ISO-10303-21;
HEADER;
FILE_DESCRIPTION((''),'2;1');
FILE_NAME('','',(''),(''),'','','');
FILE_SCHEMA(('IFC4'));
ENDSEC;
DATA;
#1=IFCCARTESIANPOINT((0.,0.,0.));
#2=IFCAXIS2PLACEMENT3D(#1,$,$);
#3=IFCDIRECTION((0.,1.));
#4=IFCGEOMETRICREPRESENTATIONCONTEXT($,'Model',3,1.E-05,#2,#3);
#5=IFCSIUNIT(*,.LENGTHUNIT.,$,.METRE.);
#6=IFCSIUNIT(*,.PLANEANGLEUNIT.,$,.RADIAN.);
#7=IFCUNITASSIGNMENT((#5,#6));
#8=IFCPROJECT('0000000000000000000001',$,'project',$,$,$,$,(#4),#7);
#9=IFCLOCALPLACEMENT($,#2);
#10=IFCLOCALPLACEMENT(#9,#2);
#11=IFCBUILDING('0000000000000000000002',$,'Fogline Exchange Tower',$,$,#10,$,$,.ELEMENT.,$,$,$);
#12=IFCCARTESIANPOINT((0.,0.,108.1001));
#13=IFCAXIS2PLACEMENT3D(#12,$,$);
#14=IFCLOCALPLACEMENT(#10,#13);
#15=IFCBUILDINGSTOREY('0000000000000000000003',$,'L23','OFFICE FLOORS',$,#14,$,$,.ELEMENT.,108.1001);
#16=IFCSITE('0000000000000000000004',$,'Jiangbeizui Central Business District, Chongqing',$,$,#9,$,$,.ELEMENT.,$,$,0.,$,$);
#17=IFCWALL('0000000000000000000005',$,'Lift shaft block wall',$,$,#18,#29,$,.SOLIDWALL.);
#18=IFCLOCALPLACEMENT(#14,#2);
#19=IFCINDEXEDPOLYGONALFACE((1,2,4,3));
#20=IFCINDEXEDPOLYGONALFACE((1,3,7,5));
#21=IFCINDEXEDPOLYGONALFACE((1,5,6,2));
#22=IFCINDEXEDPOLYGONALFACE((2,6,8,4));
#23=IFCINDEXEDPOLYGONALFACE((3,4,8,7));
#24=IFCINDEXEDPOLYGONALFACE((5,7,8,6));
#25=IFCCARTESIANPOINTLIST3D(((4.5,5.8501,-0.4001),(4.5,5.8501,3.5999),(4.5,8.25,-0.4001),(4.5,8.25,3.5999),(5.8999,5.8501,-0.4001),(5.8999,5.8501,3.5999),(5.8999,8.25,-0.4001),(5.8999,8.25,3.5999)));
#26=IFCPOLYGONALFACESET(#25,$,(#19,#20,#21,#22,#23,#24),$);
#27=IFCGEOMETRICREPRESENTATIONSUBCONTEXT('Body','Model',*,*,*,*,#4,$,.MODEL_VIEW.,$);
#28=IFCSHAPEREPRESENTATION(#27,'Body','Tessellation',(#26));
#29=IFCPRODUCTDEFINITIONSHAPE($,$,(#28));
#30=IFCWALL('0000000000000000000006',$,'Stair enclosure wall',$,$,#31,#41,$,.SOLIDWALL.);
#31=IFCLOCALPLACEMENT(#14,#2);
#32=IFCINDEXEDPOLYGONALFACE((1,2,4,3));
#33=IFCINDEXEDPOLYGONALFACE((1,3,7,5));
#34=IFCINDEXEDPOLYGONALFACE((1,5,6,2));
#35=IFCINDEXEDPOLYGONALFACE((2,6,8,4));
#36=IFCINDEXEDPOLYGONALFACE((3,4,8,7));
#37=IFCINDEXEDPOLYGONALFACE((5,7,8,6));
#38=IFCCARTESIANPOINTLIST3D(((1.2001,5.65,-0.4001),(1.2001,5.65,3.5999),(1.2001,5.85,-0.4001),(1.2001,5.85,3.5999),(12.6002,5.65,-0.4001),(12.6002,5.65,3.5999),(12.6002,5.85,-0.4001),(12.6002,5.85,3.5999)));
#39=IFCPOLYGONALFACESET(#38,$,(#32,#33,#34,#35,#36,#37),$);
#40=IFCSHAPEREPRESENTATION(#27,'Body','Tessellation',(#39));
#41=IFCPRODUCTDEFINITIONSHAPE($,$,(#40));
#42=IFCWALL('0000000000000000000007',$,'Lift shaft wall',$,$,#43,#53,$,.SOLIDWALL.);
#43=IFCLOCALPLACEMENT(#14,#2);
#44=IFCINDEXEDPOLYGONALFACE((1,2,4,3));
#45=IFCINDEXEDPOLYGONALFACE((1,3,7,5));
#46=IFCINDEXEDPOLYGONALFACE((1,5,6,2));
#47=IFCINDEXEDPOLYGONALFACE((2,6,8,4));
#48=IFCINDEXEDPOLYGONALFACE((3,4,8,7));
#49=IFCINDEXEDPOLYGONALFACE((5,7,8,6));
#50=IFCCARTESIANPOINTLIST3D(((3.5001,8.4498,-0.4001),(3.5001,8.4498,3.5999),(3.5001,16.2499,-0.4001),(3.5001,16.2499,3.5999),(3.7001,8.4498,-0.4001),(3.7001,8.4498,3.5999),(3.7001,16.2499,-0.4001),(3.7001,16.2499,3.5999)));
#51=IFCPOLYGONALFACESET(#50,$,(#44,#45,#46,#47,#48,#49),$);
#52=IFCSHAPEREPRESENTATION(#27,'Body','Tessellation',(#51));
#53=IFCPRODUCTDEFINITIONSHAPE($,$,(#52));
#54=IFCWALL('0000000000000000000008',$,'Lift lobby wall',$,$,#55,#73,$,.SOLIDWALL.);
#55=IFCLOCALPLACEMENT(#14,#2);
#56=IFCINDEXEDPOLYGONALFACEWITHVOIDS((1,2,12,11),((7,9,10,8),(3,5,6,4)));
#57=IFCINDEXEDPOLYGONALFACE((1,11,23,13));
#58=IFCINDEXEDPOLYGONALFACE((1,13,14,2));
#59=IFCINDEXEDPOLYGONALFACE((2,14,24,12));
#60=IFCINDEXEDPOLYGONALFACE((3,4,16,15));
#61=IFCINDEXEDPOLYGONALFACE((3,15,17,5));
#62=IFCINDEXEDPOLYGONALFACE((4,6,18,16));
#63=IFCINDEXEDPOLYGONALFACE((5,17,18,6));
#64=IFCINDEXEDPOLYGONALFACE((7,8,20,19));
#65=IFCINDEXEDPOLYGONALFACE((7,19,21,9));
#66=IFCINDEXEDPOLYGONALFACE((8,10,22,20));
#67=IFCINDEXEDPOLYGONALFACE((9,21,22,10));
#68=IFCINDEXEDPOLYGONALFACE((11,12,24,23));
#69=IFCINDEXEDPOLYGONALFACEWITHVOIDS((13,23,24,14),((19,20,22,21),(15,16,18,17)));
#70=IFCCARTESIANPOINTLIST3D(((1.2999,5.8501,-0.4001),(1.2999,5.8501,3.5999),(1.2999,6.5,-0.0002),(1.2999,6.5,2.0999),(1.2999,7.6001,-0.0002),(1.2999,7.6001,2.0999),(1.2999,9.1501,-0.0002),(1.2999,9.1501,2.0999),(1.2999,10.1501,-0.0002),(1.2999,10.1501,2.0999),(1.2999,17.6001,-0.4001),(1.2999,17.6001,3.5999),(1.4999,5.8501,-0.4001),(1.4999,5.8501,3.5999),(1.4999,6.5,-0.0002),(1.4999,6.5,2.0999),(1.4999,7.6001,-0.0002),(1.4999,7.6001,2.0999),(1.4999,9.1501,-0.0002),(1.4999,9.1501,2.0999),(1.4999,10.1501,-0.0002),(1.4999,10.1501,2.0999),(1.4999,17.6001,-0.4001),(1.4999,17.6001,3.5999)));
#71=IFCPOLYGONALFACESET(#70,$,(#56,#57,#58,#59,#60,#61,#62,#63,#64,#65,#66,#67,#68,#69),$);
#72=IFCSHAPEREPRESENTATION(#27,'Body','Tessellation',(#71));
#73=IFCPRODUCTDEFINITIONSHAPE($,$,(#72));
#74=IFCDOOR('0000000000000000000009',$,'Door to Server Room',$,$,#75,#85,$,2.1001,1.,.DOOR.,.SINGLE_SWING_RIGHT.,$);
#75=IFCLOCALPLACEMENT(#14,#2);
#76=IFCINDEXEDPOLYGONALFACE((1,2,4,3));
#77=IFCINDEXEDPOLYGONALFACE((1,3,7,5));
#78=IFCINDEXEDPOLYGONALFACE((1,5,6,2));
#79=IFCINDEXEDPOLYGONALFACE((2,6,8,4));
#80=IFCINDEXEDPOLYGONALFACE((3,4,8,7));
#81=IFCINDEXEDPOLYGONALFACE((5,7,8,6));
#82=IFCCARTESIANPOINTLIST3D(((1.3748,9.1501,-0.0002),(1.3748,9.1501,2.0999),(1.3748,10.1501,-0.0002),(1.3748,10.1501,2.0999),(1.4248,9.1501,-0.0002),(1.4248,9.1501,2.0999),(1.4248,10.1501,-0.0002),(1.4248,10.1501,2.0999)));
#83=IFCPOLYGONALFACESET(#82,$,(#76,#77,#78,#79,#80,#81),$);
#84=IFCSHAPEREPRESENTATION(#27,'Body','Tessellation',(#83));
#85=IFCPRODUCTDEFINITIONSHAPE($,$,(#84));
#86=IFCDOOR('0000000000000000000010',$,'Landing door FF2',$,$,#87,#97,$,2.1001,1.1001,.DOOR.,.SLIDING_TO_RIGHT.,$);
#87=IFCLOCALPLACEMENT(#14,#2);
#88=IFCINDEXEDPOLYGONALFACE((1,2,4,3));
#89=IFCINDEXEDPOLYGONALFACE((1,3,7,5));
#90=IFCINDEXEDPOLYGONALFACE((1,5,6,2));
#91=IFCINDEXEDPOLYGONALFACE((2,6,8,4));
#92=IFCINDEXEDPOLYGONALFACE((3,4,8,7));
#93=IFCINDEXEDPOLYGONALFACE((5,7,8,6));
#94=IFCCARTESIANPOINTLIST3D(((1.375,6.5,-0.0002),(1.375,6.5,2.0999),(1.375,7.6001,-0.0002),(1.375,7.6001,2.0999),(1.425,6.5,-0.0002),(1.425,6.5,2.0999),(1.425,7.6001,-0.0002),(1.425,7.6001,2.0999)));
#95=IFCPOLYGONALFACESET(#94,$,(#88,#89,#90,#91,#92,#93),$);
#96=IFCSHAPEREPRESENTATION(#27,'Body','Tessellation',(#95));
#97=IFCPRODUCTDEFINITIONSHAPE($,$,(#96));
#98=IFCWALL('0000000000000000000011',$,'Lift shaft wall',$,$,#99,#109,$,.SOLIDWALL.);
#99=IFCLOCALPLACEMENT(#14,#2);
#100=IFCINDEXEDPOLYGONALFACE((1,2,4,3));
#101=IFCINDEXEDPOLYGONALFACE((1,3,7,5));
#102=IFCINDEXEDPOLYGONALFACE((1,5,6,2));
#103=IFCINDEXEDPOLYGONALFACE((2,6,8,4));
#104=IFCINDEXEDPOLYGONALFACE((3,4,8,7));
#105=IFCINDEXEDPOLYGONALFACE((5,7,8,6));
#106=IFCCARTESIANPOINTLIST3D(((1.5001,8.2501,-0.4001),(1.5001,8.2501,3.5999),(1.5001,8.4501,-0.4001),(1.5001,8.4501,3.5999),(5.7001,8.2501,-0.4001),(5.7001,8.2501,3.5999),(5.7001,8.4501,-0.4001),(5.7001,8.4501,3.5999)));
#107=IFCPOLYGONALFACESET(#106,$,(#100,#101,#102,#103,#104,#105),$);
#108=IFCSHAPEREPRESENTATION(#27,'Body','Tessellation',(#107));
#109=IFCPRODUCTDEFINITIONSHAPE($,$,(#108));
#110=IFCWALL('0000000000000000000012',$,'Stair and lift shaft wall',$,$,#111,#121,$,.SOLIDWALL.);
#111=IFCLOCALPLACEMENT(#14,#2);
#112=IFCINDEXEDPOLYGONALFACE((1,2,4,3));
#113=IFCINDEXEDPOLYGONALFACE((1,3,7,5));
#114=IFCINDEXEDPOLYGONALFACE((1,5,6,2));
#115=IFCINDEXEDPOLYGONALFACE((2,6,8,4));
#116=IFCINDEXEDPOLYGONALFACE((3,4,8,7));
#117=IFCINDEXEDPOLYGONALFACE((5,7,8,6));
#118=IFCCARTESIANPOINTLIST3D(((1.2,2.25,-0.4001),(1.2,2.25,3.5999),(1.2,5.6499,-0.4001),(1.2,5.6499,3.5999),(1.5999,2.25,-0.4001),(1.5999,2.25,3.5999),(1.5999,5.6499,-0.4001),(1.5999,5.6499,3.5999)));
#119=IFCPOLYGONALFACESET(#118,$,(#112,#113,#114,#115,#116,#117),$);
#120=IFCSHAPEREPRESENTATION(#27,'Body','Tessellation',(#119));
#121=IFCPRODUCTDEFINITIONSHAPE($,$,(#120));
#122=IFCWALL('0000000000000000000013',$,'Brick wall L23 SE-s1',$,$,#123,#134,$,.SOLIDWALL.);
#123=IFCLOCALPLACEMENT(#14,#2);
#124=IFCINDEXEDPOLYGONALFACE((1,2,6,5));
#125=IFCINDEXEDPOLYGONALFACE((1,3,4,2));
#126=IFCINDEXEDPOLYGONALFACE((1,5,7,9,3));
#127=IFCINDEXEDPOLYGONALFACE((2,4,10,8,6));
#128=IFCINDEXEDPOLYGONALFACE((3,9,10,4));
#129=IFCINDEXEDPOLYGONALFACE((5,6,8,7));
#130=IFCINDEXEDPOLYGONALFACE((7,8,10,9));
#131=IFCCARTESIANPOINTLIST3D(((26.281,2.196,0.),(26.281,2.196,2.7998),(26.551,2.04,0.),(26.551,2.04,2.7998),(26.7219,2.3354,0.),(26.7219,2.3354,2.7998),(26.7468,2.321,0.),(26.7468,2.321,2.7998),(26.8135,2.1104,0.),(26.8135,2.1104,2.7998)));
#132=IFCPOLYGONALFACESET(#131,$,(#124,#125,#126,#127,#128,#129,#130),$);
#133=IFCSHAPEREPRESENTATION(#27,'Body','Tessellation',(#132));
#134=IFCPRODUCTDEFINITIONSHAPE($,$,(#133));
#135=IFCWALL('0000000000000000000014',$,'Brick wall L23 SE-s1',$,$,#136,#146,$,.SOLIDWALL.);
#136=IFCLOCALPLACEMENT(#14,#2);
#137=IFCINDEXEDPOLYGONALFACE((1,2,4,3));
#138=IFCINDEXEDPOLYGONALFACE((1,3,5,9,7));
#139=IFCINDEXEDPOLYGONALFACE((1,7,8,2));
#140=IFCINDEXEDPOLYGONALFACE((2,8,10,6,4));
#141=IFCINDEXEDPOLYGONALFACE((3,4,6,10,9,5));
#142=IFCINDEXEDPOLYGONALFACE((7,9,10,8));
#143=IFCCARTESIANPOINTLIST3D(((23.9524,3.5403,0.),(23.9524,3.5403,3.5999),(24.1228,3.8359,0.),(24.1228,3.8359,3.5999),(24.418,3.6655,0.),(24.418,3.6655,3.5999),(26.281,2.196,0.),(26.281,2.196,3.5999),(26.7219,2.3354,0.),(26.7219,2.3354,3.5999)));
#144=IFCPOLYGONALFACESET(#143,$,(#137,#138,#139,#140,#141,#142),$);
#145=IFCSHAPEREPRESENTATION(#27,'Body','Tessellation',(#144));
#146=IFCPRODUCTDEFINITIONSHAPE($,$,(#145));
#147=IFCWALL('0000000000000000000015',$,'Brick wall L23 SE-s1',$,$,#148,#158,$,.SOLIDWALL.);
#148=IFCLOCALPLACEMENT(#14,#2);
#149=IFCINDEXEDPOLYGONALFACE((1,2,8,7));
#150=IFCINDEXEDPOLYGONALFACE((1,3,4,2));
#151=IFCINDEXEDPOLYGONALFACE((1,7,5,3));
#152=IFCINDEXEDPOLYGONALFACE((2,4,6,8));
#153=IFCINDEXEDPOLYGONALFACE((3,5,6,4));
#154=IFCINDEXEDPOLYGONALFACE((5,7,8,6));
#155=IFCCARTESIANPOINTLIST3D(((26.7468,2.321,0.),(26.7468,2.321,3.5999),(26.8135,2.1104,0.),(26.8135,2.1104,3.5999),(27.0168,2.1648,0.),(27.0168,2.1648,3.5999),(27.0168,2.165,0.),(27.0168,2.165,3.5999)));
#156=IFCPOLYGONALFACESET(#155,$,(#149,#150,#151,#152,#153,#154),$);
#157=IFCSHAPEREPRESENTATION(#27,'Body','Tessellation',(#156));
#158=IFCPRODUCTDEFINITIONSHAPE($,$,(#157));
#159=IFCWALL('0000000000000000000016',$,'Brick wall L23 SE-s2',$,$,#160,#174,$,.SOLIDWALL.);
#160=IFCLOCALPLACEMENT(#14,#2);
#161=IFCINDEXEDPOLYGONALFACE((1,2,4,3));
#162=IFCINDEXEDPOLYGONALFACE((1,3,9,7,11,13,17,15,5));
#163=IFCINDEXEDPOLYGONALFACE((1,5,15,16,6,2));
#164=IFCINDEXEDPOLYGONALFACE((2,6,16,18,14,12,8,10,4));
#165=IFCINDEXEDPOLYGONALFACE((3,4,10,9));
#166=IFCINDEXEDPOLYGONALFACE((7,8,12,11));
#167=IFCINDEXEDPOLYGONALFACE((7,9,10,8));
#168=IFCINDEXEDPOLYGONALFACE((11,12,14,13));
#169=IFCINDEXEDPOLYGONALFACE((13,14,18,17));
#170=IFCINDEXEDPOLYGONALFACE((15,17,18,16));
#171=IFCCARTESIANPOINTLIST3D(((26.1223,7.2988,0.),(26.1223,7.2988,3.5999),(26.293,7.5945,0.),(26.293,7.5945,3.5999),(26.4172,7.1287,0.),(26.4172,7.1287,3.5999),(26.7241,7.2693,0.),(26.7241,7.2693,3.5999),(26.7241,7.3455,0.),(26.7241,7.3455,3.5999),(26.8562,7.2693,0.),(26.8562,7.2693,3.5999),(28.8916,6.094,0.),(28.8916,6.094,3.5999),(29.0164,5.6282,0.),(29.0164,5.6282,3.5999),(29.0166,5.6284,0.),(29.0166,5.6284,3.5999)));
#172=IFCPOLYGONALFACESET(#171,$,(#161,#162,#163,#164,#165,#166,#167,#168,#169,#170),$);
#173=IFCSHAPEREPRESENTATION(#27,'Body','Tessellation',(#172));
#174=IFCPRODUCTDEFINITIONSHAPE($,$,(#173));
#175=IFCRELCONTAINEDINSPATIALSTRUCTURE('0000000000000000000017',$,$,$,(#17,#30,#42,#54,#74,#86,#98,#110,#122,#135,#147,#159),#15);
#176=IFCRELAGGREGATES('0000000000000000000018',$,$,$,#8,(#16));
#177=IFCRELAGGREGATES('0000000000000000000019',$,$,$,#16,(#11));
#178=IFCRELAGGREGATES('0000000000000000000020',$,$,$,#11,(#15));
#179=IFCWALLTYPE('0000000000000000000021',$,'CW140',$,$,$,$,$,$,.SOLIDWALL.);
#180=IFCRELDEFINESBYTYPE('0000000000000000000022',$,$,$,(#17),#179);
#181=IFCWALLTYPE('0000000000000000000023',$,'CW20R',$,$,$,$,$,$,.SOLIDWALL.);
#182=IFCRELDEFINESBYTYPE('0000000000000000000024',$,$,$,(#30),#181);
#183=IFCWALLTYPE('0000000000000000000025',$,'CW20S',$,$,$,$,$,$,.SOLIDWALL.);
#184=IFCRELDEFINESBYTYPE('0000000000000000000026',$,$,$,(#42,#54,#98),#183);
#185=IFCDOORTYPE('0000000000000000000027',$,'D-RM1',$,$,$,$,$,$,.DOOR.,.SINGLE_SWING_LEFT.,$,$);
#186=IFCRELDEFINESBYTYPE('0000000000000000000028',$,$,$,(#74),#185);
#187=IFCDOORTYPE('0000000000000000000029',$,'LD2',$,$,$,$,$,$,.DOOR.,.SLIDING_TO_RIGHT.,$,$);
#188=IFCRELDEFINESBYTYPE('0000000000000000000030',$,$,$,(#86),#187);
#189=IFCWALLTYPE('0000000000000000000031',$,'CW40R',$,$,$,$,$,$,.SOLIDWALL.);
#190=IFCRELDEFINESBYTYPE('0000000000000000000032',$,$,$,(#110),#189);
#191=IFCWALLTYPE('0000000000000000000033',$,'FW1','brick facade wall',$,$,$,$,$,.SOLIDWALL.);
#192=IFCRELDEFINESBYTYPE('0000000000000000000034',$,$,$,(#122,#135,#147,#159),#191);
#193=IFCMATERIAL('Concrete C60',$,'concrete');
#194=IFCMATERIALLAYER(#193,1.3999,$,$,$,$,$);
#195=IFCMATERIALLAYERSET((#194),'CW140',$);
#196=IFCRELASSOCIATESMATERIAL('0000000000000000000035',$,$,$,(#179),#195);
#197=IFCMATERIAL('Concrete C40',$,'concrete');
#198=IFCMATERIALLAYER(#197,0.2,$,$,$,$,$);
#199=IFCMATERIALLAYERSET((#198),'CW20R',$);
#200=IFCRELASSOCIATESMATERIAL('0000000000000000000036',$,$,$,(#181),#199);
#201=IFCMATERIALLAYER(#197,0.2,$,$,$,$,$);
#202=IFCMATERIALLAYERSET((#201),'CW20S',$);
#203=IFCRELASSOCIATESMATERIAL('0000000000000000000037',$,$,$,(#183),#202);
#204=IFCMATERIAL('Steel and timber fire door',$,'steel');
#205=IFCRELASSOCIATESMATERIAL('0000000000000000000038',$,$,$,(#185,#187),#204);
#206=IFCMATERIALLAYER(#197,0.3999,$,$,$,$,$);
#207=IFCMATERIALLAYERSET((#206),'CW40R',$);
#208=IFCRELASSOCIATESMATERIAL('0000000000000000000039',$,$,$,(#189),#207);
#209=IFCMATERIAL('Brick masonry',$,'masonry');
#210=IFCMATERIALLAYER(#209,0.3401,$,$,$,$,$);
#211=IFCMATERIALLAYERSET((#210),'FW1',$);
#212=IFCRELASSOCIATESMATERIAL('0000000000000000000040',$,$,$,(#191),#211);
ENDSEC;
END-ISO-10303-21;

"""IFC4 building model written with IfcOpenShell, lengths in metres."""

from ifc_helpers import new_model, si_unit, direction, frame, frame_2d, origin, place, context, subcontext, project, spatial, polyline, rectangle, outline, extrude, material, layer, layer_set, type_object, element, fill, save


model = new_model("IFC4")

# Units and contexts
model_context = context("Model", 3, precision=1e-05, world=origin(), true_north=direction((0.0, 1.0)))
body_context = subcontext(model_context, "Body", "Model", "MODEL_VIEW")
ifc_project = project(units=[si_unit("LENGTHUNIT", "METRE"), si_unit("PLANEANGLEUNIT", "RADIAN")], contexts=[model_context])

# Site, building, storey
site_placement = place(None, origin())
site = spatial("IfcSite", under=ifc_project, at=site_placement, Name="Jiangbeizui Central Business District, Chongqing", CompositionType="ELEMENT", RefElevation=0.0)
building_placement = place(site_placement, origin())
building = spatial("IfcBuilding", under=site, at=building_placement, Name="Fogline Exchange Tower", CompositionType="ELEMENT")
storey_placement = place(building_placement, frame((0.0, 0.0, 108.1001)))
storey = spatial("IfcBuildingStorey", under=building, at=storey_placement, Name="L23", Description="OFFICE FLOORS", CompositionType="ELEMENT", Elevation=108.1001)

# Shared definitions
ifc_material_1 = material(Name="Concrete C40", Category="concrete")

# Walls
ifc_material_2 = material(Name="Concrete C60", Category="concrete")
ifc_layer_1 = layer(ifc_material_2, 1.3999)
ifc_layer_set_1 = layer_set([ifc_layer_1], Name="CW140")
wall_type_1 = type_object("IfcWallType", Name="CW140", PredefinedType="SOLIDWALL", material=ifc_layer_set_1)
wall_1_placement = place(storey_placement, frame((5.2, 5.8501, -0.4001), z_axis=(0.0, 0.0, 1.0), x_axis=(0.0, 1.0, 0.0)))
element("IfcWall", 1, at=wall_1_placement, inside=storey, type_object=wall_type_1, Name="Lift shaft block wall", PredefinedType="SOLIDWALL", context=body_context, shape_type="SweptSolid", body=[
    extrude(rectangle(XDim=2.3999, YDim=1.3999, at=frame_2d((1.2, 0.0))), origin(), (0.0, 0.0, 1.0), 4.0),
])
ifc_layer_2 = layer(ifc_material_1, 0.2)
ifc_layer_set_2 = layer_set([ifc_layer_2], Name="CW20R")
wall_type_2 = type_object("IfcWallType", Name="CW20R", PredefinedType="SOLIDWALL", material=ifc_layer_set_2)
wall_2_placement = place(storey_placement, frame((1.2, 5.75, -0.4001), z_axis=(0.0, 0.0, 1.0), x_axis=(1.0, 0.0, 0.0)))
element("IfcWall", 2, at=wall_2_placement, inside=storey, type_object=wall_type_2, Name="Stair enclosure wall", PredefinedType="SOLIDWALL", context=body_context, shape_type="SweptSolid", body=[
    extrude(rectangle(XDim=11.4001, YDim=0.2, at=frame_2d((5.7002, 0.0))), origin(), (0.0, 0.0, 1.0), 4.0),
])
ifc_layer_3 = layer(ifc_material_1, 0.2)
ifc_layer_set_3 = layer_set([ifc_layer_3], Name="CW20S")
wall_type_3 = type_object("IfcWallType", Name="CW20S", PredefinedType="SOLIDWALL", material=ifc_layer_set_3)
wall_3_placement = place(storey_placement, frame((3.6001, 8.45, -0.4001), z_axis=(0.0, 0.0, 1.0), x_axis=(0.0, 1.0, 0.0)))
element("IfcWall", 3, at=wall_3_placement, inside=storey, type_object=wall_type_3, Name="Lift shaft wall", PredefinedType="SOLIDWALL", context=body_context, shape_type="SweptSolid", body=[
    extrude(rectangle(XDim=7.8, YDim=0.2, at=frame_2d((3.8999, 0.0))), origin(), (0.0, 0.0, 1.0), 4.0),
])

# Wall, openings, doors
wall_4_placement = place(storey_placement, frame((1.3999, 5.8501, -0.4001), z_axis=(0.0, 0.0, 1.0), x_axis=(0.0, 1.0, 0.0)))
wall_4 = element("IfcWall", 4, at=wall_4_placement, inside=storey, type_object=wall_type_3, Name="Lift lobby wall", PredefinedType="SOLIDWALL", context=body_context, shape_type="SweptSolid", body=[
    extrude(rectangle(XDim=11.75, YDim=0.2, at=frame_2d((5.875, 0.0))), origin(), (0.0, 0.0, 1.0), 4.0),
])
opening_1_placement = place(wall_4_placement, frame((0.6499, 0.0, 0.3999)))
opening_1 = element("IfcOpeningElement", 5, at=opening_1_placement, cuts=wall_4, PredefinedType="OPENING", context=body_context, shape_type="SweptSolid", body=[
    extrude(rectangle(XDim=1.1001, YDim=2.1001, at=frame_2d((0.55, 1.05))), frame((0.0, 0.1099, 0.0), z_axis=(0.0, -1.0, 0.0), x_axis=(1.0, 0.0, 0.0)), (0.0, 0.0, 1.0), 0.22),
])
opening_2_placement = place(wall_4_placement, frame((3.3, 0.0, 0.3999)))
opening_2 = element("IfcOpeningElement", 6, at=opening_2_placement, cuts=wall_4, PredefinedType="OPENING", context=body_context, shape_type="SweptSolid", body=[
    extrude(rectangle(XDim=1.0, YDim=2.1001, at=frame_2d((0.5, 1.05))), frame((0.0, 0.1099, 0.0), z_axis=(0.0, -1.0, 0.0), x_axis=(1.0, 0.0, 0.0)), (0.0, 0.0, 1.0), 0.22),
])
ifc_material_3 = material(Name="Steel and timber fire door", Category="steel")
door_type_1 = type_object("IfcDoorType", Name="D-RM1", OperationType="SINGLE_SWING_LEFT", PredefinedType="DOOR", material=ifc_material_3)
door_1_placement = place(opening_2_placement, frame((1.0, 0.0, 0.0), z_axis=(0.0, 0.0, 1.0), x_axis=(-1.0, 0.0, 0.0)))
door_1 = element("IfcDoor", 7, at=door_1_placement, inside=storey, type_object=door_type_1, Name="Door to Server Room", OperationType="SINGLE_SWING_RIGHT", OverallHeight=2.1001, OverallWidth=1.0, PredefinedType="DOOR", context=body_context, shape_type="SweptSolid", body=[
    extrude(rectangle(XDim=1.0, YDim=2.1001, at=frame_2d((0.5, 1.05))), frame((0.0, 0.0249, 0.0), z_axis=(0.0, -1.0, 0.0), x_axis=(1.0, 0.0, 0.0)), (0.0, 0.0, 1.0), 0.05),
])
fill(opening_2, door_1)
door_type_2 = type_object("IfcDoorType", Name="LD2", OperationType="SLIDING_TO_RIGHT", PredefinedType="DOOR", material=ifc_material_3)
door_2_placement = place(opening_1_placement, origin())
door_2 = element("IfcDoor", 8, at=door_2_placement, inside=storey, type_object=door_type_2, Name="Landing door FF2", OperationType="SLIDING_TO_RIGHT", OverallHeight=2.1001, OverallWidth=1.1001, PredefinedType="DOOR", context=body_context, shape_type="SweptSolid", body=[
    extrude(rectangle(XDim=1.1001, YDim=2.1001, at=frame_2d((0.55, 1.05))), frame((0.0, 0.0249, 0.0), z_axis=(0.0, -1.0, 0.0), x_axis=(1.0, 0.0, 0.0)), (0.0, 0.0, 1.0), 0.05),
])
fill(opening_1, door_2)

# Walls
wall_5_placement = place(storey_placement, frame((1.5, 8.3501, -0.4001), z_axis=(0.0, 0.0, 1.0), x_axis=(1.0, 0.0, 0.0)))
element("IfcWall", 9, at=wall_5_placement, inside=storey, type_object=wall_type_3, Name="Lift shaft wall", PredefinedType="SOLIDWALL", context=body_context, shape_type="SweptSolid", body=[
    extrude(rectangle(XDim=4.2, YDim=0.2, at=frame_2d((2.1001, 0.0))), origin(), (0.0, 0.0, 1.0), 4.0),
])
ifc_layer_4 = layer(ifc_material_1, 0.3999)
ifc_layer_set_4 = layer_set([ifc_layer_4], Name="CW40R")
wall_type_4 = type_object("IfcWallType", Name="CW40R", PredefinedType="SOLIDWALL", material=ifc_layer_set_4)
wall_6_placement = place(storey_placement, frame((1.3999, 2.25, -0.4001), z_axis=(0.0, 0.0, 1.0), x_axis=(0.0, 1.0, 0.0)))
element("IfcWall", 10, at=wall_6_placement, inside=storey, type_object=wall_type_4, Name="Stair and lift shaft wall", PredefinedType="SOLIDWALL", context=body_context, shape_type="SweptSolid", body=[
    extrude(rectangle(XDim=3.3999, YDim=0.3999, at=frame_2d((1.7, 0.0))), origin(), (0.0, 0.0, 1.0), 4.0),
])
ifc_material_4 = material(Name="Brick masonry", Category="masonry")
ifc_layer_5 = layer(ifc_material_4, 0.3401)
ifc_layer_set_5 = layer_set([ifc_layer_5], Name="FW1")
wall_type_5 = type_object("IfcWallType", Name="FW1", Description="brick facade wall", PredefinedType="SOLIDWALL", material=ifc_layer_set_5)
wall_7_placement = place(storey_placement, origin())
element("IfcWall", 11, at=wall_7_placement, inside=storey, type_object=wall_type_5, Name="Brick wall L23 SE-s1", PredefinedType="SOLIDWALL", context=body_context, shape_type="SweptSolid", body=[
    extrude(outline(polyline([(26.7468, 2.321), (26.8135, 2.1104), (26.551, 2.04), (26.281, 2.196), (26.7219, 2.3354), (26.7468, 2.321)])), origin(), (0.0, 0.0, 1.0), 2.7998),
])
wall_8_placement = place(storey_placement, origin())
element("IfcWall", 12, at=wall_8_placement, inside=storey, type_object=wall_type_5, Name="Brick wall L23 SE-s1", PredefinedType="SOLIDWALL", context=body_context, shape_type="SweptSolid", body=[
    extrude(outline(polyline([(24.1228, 3.8359), (24.418, 3.6655), (26.7219, 2.3354), (26.281, 2.196), (23.9524, 3.5403), (24.1228, 3.8359)])), origin(), (0.0, 0.0, 1.0), 3.5999),
])
wall_9_placement = place(storey_placement, origin())
element("IfcWall", 13, at=wall_9_placement, inside=storey, type_object=wall_type_5, Name="Brick wall L23 SE-s1", PredefinedType="SOLIDWALL", context=body_context, shape_type="SweptSolid", body=[
    extrude(outline(polyline([(27.0168, 2.165), (27.0168, 2.1648), (26.8135, 2.1104), (26.7468, 2.321), (27.0168, 2.165)])), origin(), (0.0, 0.0, 1.0), 3.5999),
])
wall_10_placement = place(storey_placement, origin())
element("IfcWall", 14, at=wall_10_placement, inside=storey, type_object=wall_type_5, Name="Brick wall L23 SE-s2", PredefinedType="SOLIDWALL", context=body_context, shape_type="SweptSolid", body=[
    extrude(outline(polyline([(29.0164, 5.6282), (26.4172, 7.1287), (26.1223, 7.2988), (26.293, 7.5945), (26.7241, 7.3455), (26.7241, 7.2693), (26.8562, 7.2693), (28.8916, 6.094), (29.0166, 5.6284), (29.0164, 5.6282)])), origin(), (0.0, 0.0, 1.0), 3.5999),
])

save(model, "model.ifc")
